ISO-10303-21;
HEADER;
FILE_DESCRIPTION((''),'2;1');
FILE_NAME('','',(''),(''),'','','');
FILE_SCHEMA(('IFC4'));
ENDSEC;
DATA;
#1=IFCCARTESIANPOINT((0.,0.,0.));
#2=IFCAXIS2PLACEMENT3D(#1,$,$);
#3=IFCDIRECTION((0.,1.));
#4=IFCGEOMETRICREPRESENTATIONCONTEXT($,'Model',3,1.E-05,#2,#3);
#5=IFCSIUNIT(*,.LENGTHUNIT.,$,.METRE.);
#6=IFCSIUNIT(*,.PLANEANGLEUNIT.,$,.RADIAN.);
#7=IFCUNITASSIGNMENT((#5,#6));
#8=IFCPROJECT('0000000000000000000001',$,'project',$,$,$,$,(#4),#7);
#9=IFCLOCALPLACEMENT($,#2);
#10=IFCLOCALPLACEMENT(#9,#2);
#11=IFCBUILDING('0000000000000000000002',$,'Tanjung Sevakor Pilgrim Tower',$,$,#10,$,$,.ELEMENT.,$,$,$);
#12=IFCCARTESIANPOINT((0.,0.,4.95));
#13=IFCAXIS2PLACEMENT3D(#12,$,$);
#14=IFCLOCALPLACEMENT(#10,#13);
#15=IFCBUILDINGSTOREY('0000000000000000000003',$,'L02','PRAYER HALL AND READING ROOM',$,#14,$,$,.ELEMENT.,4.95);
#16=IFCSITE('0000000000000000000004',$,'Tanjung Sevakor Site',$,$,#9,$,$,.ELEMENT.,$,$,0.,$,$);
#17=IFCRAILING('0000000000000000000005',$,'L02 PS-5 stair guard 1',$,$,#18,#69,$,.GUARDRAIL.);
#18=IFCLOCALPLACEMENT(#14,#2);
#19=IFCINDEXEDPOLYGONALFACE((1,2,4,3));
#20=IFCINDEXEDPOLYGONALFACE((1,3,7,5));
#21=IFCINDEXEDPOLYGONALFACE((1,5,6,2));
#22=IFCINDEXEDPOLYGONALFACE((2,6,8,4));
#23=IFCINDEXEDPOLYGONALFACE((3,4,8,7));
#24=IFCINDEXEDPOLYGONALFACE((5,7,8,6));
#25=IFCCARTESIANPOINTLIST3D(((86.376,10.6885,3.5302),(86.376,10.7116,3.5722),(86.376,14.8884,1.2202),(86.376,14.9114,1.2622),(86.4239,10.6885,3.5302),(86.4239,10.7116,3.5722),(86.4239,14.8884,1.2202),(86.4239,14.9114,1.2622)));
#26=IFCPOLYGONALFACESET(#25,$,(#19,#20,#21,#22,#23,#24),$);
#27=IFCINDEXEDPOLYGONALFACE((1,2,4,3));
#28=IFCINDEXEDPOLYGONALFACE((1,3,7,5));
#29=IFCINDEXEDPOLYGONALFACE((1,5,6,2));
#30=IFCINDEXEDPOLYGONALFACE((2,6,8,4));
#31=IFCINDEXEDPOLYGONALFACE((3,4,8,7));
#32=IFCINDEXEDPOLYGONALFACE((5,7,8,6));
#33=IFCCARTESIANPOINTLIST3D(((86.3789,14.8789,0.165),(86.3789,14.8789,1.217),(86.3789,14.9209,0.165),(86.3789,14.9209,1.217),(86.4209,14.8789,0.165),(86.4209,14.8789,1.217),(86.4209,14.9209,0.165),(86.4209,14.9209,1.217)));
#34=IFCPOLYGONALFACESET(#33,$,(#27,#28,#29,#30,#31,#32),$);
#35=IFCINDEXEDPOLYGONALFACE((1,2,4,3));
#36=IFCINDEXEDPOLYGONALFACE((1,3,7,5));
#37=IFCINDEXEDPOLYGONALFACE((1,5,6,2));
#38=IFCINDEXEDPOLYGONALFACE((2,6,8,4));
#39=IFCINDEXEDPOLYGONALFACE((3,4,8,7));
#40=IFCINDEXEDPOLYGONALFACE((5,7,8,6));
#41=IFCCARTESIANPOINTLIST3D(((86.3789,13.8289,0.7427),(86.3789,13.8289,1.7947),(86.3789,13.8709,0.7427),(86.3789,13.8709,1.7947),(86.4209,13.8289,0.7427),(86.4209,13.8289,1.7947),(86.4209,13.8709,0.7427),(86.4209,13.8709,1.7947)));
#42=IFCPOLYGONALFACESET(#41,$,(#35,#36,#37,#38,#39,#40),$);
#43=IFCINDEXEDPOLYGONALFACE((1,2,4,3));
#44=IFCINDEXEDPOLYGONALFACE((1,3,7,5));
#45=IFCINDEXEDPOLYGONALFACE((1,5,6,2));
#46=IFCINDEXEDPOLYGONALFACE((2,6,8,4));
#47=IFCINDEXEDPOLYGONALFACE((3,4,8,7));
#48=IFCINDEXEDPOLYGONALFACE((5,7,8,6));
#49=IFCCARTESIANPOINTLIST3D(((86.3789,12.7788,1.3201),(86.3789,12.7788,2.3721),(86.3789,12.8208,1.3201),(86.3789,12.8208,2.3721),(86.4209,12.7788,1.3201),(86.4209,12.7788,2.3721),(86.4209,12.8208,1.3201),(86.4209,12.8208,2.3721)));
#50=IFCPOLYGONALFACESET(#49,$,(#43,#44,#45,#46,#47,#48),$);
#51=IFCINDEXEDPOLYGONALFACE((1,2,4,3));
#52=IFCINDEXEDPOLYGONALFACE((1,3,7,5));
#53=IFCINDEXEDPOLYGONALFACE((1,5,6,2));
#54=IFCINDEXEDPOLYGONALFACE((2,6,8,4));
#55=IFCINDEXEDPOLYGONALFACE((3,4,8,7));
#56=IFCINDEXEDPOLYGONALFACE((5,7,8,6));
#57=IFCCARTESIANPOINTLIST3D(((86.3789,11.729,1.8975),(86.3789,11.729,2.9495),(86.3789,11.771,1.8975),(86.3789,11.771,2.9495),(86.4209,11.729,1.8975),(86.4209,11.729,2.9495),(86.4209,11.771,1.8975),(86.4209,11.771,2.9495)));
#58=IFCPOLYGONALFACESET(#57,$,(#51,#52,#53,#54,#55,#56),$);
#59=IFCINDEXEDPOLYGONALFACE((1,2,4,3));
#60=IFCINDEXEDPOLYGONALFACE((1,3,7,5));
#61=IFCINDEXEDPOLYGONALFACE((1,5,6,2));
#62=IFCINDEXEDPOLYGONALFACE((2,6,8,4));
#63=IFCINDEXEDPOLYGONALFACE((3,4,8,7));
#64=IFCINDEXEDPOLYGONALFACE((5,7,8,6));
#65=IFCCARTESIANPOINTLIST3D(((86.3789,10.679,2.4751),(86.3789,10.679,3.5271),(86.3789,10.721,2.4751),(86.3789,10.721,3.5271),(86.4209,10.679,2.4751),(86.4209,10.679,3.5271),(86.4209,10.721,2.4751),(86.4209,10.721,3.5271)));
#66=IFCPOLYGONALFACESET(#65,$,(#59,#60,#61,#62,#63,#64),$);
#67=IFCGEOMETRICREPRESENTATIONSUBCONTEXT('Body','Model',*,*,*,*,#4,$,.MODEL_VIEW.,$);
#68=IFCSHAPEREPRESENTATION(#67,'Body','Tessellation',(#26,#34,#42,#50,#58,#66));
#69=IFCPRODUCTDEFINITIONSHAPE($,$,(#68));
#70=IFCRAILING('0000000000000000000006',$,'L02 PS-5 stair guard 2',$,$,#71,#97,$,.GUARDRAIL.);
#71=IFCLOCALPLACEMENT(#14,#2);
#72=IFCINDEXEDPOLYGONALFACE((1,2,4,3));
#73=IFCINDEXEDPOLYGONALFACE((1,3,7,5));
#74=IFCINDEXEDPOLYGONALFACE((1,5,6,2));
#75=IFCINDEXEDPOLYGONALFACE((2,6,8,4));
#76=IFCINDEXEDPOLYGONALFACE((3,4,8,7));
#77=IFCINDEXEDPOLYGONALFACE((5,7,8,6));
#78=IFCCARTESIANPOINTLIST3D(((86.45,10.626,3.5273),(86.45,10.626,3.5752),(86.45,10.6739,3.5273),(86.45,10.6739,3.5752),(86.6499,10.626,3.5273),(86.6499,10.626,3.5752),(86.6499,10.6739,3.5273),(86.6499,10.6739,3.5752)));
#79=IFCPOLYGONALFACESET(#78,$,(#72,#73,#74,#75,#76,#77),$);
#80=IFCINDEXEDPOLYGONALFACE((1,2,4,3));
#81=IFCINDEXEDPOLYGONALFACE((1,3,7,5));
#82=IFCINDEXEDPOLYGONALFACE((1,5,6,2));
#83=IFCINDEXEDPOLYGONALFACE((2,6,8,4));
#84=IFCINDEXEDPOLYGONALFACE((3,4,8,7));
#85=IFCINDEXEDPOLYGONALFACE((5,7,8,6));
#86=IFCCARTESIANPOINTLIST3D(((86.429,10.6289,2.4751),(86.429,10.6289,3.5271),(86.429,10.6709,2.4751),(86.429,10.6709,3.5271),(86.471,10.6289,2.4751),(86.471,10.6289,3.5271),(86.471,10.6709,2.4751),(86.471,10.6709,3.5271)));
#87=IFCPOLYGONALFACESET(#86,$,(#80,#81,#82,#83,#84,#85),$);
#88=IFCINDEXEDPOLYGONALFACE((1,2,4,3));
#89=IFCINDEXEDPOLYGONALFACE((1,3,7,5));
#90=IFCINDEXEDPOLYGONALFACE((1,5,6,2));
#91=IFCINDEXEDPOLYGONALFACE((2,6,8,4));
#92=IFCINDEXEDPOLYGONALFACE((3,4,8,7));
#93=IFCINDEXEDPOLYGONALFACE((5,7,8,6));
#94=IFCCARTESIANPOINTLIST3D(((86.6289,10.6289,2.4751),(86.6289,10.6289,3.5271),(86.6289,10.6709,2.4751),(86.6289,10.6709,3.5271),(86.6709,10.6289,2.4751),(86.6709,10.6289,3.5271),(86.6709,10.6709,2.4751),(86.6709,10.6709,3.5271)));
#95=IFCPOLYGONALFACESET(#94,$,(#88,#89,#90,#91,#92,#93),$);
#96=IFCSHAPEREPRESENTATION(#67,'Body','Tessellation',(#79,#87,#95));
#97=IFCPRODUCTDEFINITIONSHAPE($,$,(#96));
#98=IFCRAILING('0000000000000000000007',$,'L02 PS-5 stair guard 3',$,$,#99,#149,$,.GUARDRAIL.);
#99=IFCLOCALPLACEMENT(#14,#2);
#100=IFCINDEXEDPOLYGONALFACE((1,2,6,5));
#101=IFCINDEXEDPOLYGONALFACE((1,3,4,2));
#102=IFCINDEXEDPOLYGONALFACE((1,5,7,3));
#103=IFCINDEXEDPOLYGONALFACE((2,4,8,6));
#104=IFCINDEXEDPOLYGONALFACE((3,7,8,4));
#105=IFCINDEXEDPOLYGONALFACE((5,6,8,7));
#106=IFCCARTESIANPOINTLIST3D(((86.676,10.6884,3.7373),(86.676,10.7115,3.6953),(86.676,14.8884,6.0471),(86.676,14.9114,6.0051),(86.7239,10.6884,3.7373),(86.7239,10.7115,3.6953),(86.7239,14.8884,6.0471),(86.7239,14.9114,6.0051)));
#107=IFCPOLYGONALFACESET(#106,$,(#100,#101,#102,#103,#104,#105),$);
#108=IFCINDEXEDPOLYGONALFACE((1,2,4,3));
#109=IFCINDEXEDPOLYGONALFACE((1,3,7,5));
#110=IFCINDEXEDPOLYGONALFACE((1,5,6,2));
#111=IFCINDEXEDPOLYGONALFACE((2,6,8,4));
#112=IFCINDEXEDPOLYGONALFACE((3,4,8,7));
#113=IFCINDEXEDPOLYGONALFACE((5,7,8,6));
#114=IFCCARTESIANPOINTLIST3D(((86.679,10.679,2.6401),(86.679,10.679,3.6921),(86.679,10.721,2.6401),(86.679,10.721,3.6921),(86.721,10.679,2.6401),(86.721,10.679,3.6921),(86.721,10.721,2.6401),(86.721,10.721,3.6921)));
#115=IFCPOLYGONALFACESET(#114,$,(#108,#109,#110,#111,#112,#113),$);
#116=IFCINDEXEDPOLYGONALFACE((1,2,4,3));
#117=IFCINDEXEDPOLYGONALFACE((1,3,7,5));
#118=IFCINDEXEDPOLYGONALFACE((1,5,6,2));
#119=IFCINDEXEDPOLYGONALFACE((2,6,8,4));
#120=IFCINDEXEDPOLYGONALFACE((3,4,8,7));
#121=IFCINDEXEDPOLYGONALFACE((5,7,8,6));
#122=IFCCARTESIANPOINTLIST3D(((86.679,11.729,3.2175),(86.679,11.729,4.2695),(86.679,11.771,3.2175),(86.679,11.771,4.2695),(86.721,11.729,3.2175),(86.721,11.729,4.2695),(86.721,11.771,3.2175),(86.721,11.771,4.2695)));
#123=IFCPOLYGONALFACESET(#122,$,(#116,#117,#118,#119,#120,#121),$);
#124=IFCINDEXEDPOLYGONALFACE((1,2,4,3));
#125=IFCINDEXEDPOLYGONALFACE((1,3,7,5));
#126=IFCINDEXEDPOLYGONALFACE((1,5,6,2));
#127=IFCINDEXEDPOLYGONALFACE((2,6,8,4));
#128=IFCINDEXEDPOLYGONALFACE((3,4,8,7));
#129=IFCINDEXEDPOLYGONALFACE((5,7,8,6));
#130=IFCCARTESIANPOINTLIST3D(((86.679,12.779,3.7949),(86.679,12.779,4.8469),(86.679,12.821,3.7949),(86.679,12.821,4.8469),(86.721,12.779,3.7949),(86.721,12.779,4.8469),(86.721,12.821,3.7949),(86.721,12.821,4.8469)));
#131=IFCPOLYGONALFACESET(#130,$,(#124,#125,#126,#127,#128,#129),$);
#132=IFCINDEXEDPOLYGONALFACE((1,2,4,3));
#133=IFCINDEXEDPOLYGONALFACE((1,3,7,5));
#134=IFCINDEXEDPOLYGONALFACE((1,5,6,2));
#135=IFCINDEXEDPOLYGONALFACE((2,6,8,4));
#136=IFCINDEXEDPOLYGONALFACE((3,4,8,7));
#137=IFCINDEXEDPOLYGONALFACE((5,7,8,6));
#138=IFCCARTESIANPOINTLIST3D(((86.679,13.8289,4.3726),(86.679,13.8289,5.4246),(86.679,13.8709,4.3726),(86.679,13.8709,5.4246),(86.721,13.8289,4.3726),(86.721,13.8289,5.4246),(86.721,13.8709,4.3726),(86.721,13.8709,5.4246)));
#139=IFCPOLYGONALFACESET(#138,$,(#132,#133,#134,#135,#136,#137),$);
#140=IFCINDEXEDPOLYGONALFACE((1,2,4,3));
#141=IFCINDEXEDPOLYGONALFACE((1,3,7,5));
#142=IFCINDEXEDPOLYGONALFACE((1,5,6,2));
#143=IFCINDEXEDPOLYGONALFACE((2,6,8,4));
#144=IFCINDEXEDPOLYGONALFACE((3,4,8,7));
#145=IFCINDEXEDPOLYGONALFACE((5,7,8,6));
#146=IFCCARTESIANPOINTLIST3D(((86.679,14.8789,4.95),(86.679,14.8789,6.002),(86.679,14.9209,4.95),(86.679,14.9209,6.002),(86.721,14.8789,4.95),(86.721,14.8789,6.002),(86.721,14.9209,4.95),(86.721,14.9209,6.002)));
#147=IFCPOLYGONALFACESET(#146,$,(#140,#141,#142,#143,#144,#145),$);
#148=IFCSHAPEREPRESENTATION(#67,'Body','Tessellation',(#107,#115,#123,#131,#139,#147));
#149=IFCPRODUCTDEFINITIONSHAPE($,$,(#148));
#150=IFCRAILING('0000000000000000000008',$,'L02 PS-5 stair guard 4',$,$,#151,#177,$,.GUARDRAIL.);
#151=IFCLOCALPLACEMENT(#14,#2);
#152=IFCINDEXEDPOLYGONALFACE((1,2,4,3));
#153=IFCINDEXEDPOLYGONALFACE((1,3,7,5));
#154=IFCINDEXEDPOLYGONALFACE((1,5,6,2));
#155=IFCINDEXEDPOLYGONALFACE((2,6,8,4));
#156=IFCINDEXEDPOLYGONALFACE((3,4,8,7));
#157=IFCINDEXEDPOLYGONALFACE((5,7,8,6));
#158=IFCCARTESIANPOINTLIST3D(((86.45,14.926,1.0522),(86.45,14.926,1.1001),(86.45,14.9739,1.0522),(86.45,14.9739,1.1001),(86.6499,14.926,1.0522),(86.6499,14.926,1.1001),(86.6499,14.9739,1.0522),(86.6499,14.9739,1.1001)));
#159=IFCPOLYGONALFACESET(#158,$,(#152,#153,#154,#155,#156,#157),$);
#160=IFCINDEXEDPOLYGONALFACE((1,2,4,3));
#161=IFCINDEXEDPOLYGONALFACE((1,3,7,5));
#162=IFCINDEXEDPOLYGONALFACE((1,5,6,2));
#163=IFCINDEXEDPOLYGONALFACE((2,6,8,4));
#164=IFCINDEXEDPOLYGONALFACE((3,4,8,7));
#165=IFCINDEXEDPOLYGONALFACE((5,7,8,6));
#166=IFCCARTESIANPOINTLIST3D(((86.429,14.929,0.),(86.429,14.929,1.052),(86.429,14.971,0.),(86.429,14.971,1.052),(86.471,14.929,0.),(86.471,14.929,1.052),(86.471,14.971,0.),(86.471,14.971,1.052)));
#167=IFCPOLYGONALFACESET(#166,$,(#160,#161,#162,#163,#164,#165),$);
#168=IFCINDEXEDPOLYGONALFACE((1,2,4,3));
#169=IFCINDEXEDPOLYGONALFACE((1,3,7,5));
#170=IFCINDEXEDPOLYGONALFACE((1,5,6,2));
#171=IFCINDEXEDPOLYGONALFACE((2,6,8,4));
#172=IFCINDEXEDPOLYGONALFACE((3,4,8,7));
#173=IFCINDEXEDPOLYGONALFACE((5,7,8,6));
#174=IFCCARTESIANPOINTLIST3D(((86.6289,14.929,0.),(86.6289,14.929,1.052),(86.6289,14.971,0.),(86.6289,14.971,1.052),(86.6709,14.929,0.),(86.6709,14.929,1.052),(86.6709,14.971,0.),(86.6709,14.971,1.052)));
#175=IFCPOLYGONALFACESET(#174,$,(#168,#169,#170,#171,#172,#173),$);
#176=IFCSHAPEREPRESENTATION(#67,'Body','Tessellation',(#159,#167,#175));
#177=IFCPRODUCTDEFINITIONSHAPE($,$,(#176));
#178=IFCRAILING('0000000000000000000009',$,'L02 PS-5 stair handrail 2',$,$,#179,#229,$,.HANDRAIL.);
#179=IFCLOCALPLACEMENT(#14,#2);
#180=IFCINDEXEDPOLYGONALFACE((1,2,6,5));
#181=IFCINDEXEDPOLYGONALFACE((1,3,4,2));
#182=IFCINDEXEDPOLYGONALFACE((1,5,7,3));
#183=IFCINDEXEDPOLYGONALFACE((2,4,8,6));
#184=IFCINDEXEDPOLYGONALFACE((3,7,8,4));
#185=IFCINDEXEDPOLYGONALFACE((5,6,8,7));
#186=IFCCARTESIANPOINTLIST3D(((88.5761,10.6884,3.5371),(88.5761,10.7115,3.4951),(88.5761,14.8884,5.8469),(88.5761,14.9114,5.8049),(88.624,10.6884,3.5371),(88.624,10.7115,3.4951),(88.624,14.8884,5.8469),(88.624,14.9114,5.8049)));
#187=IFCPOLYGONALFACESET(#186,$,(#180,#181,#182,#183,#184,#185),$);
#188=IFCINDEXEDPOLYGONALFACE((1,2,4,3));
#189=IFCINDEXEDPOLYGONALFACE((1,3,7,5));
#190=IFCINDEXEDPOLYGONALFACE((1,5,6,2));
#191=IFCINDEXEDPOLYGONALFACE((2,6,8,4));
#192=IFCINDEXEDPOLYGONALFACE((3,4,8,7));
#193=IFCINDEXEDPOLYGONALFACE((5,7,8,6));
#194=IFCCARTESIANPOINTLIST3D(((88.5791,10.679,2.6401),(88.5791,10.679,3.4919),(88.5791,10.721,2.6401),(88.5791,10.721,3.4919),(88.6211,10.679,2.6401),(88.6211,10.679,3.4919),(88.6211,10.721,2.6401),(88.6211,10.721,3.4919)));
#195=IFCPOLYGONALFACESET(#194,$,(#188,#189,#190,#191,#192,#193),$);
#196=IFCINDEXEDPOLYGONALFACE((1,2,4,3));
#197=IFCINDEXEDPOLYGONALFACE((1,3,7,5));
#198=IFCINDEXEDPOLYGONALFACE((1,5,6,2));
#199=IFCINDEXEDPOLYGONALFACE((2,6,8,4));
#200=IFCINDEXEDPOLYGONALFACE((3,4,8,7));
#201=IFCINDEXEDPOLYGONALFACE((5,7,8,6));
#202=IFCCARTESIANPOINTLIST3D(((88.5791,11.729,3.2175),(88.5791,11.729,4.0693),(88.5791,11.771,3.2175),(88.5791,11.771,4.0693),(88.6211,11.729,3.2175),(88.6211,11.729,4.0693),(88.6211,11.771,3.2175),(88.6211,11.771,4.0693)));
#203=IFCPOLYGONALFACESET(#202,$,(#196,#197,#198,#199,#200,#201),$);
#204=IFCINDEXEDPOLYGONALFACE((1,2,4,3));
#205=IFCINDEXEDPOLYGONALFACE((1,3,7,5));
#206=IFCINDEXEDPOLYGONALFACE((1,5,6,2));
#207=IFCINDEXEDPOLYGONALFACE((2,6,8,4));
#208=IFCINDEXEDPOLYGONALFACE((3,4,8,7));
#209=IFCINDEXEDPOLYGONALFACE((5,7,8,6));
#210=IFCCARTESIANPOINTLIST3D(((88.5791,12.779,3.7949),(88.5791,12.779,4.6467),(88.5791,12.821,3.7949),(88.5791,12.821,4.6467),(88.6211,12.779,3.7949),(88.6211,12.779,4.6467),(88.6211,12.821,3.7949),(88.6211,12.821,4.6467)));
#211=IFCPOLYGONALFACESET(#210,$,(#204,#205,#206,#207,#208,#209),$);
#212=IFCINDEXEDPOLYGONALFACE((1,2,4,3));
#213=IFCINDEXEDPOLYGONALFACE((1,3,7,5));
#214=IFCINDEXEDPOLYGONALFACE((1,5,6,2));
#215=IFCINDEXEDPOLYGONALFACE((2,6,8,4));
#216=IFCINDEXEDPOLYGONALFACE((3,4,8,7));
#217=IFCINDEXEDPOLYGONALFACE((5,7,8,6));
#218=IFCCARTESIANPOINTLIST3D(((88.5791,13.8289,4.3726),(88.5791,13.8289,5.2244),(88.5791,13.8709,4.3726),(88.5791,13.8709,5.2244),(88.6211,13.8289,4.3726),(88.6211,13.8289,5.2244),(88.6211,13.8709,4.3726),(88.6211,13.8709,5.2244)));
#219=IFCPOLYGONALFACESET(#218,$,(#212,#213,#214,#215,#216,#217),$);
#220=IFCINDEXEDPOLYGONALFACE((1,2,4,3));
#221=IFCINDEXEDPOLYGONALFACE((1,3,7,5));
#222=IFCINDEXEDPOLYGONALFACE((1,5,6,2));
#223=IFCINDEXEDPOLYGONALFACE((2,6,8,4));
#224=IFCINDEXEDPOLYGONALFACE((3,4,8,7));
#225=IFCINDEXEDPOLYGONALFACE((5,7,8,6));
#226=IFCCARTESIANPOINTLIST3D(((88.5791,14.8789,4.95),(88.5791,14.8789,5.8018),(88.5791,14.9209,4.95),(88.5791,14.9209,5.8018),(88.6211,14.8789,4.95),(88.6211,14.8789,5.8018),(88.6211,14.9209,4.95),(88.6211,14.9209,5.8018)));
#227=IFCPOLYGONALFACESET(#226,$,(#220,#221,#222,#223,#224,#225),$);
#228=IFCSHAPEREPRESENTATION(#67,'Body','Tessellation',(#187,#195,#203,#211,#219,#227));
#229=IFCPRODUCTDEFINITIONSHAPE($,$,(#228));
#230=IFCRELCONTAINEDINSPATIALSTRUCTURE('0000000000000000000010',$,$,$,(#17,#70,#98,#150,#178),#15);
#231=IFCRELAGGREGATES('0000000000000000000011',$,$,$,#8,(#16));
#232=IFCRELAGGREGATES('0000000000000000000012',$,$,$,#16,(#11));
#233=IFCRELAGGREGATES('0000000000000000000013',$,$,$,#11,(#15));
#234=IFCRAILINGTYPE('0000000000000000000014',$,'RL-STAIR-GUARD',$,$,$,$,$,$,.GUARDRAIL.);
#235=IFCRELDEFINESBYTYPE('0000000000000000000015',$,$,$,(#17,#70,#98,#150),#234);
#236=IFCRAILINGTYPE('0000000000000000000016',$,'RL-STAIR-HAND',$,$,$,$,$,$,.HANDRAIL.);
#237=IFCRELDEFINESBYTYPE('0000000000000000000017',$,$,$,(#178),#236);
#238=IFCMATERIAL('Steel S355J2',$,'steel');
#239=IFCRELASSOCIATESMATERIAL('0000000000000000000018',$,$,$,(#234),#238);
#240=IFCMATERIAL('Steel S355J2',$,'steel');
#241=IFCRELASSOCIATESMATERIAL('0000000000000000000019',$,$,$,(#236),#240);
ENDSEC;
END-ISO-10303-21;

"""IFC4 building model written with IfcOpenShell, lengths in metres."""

from ifc_helpers import new_model, si_unit, direction, frame, origin, place, context, subcontext, project, spatial, rectangle, extrude, material, type_object, element, save


model = new_model("IFC4")

# Units and contexts
model_context = context("Model", 3, precision=1e-05, world=origin(), true_north=direction((0.0, 1.0)))
body_context = subcontext(model_context, "Body", "Model", "MODEL_VIEW")
ifc_project = project(units=[si_unit("LENGTHUNIT", "METRE"), si_unit("PLANEANGLEUNIT", "RADIAN")], contexts=[model_context])

# Site, building, storey
site_placement = place(None, origin())
site = spatial("IfcSite", under=ifc_project, at=site_placement, Name="Tanjung Sevakor Site", CompositionType="ELEMENT", RefElevation=0.0)
building_placement = place(site_placement, origin())
building = spatial("IfcBuilding", under=site, at=building_placement, Name="Tanjung Sevakor Pilgrim Tower", CompositionType="ELEMENT")
storey_placement = place(building_placement, frame((0.0, 0.0, 4.95)))
storey = spatial("IfcBuildingStorey", under=building, at=storey_placement, Name="L02", Description="PRAYER HALL AND READING ROOM", CompositionType="ELEMENT", Elevation=4.95)

# Railings
ifc_material_1 = material(Name="Steel S355J2", Category="steel")
railing_type_1 = type_object("IfcRailingType", Name="RL-STAIR-GUARD", PredefinedType="GUARDRAIL", material=ifc_material_1)
railing_1_placement = place(storey_placement, frame((86.3999, 14.8999, 0.165)))
element("IfcRailing", 1, at=railing_1_placement, inside=storey, type_object=railing_type_1, Name="L02 PS-5 stair guard 1", PredefinedType="GUARDRAIL", context=body_context, shape_type="SweptSolid", body=[
    extrude(rectangle(XDim=0.0479, YDim=0.0479), frame((0.0, 0.0, 1.0762), z_axis=(0.0, -0.876208, 0.481932), x_axis=(1.0, 0.0, 0.0)), (0.0, 0.0, 1.0), 4.7932),
    extrude(rectangle(XDim=0.042, YDim=0.042), origin(), (0.0, 0.0, 1.0), 1.052),
    extrude(rectangle(XDim=0.042, YDim=0.042), frame((0.0, -1.05, 0.5776)), (0.0, 0.0, 1.0), 1.052),
    extrude(rectangle(XDim=0.042, YDim=0.042), frame((0.0, -2.1001, 1.155)), (0.0, 0.0, 1.0), 1.052),
    extrude(rectangle(XDim=0.042, YDim=0.042), frame((0.0, -3.1499, 1.7324)), (0.0, 0.0, 1.0), 1.052),
    extrude(rectangle(XDim=0.042, YDim=0.042), frame((0.0, -4.2, 2.3101)), (0.0, 0.0, 1.0), 1.052),
])
railing_2_placement = place(storey_placement, frame((86.45, 10.6499, 2.4751)))
element("IfcRailing", 2, at=railing_2_placement, inside=storey, type_object=railing_type_1, Name="L02 PS-5 stair guard 2", PredefinedType="GUARDRAIL", context=body_context, shape_type="SweptSolid", body=[
    extrude(rectangle(XDim=0.0479, YDim=0.0479), frame((0.0, 0.0, 1.0762), z_axis=(1.0, 0.0, 0.0), x_axis=(0.0, 1.0, 0.0)), (0.0, 0.0, 1.0), 0.2),
    extrude(rectangle(XDim=0.042, YDim=0.042), origin(), (0.0, 0.0, 1.0), 1.052),
    extrude(rectangle(XDim=0.042, YDim=0.042), frame((0.2, 0.0, 0.0)), (0.0, 0.0, 1.0), 1.052),
])
railing_3_placement = place(storey_placement, frame((86.7, 10.7, 2.6401)))
element("IfcRailing", 3, at=railing_3_placement, inside=storey, type_object=railing_type_1, Name="L02 PS-5 stair guard 3", PredefinedType="GUARDRAIL", context=body_context, shape_type="SweptSolid", body=[
    extrude(rectangle(XDim=0.0479, YDim=0.0479), frame((0.0, 0.0, 1.0762), z_axis=(0.0, 0.87623, 0.481893), x_axis=(-1.0, 0.0, 0.0)), (0.0, 0.0, 1.0), 4.7932),
    extrude(rectangle(XDim=0.042, YDim=0.042), origin(), (0.0, 0.0, 1.0), 1.052),
    extrude(rectangle(XDim=0.042, YDim=0.042), frame((0.0, 1.05, 0.5774)), (0.0, 0.0, 1.0), 1.052),
    extrude(rectangle(XDim=0.042, YDim=0.042), frame((0.0, 2.1001, 1.1548)), (0.0, 0.0, 1.0), 1.052),
    extrude(rectangle(XDim=0.042, YDim=0.042), frame((0.0, 3.1499, 1.7324)), (0.0, 0.0, 1.0), 1.052),
    extrude(rectangle(XDim=0.042, YDim=0.042), frame((0.0, 4.2, 2.3098)), (0.0, 0.0, 1.0), 1.052),
])
railing_4_placement = place(storey_placement, frame((86.45, 14.95, 0.0)))
element("IfcRailing", 4, at=railing_4_placement, inside=storey, type_object=railing_type_1, Name="L02 PS-5 stair guard 4", PredefinedType="GUARDRAIL", context=body_context, shape_type="SweptSolid", body=[
    extrude(rectangle(XDim=0.0479, YDim=0.0479), frame((0.0, 0.0, 1.0762), z_axis=(1.0, 0.0, 0.0), x_axis=(0.0, 1.0, 0.0)), (0.0, 0.0, 1.0), 0.2),
    extrude(rectangle(XDim=0.042, YDim=0.042), origin(), (0.0, 0.0, 1.0), 1.052),
    extrude(rectangle(XDim=0.042, YDim=0.042), frame((0.2, 0.0, 0.0)), (0.0, 0.0, 1.0), 1.052),
])
ifc_material_2 = material(Name="Steel S355J2", Category="steel")
railing_type_2 = type_object("IfcRailingType", Name="RL-STAIR-HAND", PredefinedType="HANDRAIL", material=ifc_material_2)
railing_5_placement = place(storey_placement, frame((88.6001, 10.7, 2.6401)))
element("IfcRailing", 5, at=railing_5_placement, inside=storey, type_object=railing_type_2, Name="L02 PS-5 stair handrail 2", PredefinedType="HANDRAIL", context=body_context, shape_type="SweptSolid", body=[
    extrude(rectangle(XDim=0.0479, YDim=0.0479), frame((0.0, 0.0, 0.876), z_axis=(0.0, 0.87623, 0.481893), x_axis=(-1.0, 0.0, 0.0)), (0.0, 0.0, 1.0), 4.7932),
    extrude(rectangle(XDim=0.042, YDim=0.042), origin(), (0.0, 0.0, 1.0), 0.8518),
    extrude(rectangle(XDim=0.042, YDim=0.042), frame((0.0, 1.05, 0.5774)), (0.0, 0.0, 1.0), 0.8518),
    extrude(rectangle(XDim=0.042, YDim=0.042), frame((0.0, 2.1001, 1.1548)), (0.0, 0.0, 1.0), 0.8518),
    extrude(rectangle(XDim=0.042, YDim=0.042), frame((0.0, 3.1499, 1.7324)), (0.0, 0.0, 1.0), 0.8518),
    extrude(rectangle(XDim=0.042, YDim=0.042), frame((0.0, 4.2, 2.3098)), (0.0, 0.0, 1.0), 0.8518),
])

save(model, "model.ifc")
